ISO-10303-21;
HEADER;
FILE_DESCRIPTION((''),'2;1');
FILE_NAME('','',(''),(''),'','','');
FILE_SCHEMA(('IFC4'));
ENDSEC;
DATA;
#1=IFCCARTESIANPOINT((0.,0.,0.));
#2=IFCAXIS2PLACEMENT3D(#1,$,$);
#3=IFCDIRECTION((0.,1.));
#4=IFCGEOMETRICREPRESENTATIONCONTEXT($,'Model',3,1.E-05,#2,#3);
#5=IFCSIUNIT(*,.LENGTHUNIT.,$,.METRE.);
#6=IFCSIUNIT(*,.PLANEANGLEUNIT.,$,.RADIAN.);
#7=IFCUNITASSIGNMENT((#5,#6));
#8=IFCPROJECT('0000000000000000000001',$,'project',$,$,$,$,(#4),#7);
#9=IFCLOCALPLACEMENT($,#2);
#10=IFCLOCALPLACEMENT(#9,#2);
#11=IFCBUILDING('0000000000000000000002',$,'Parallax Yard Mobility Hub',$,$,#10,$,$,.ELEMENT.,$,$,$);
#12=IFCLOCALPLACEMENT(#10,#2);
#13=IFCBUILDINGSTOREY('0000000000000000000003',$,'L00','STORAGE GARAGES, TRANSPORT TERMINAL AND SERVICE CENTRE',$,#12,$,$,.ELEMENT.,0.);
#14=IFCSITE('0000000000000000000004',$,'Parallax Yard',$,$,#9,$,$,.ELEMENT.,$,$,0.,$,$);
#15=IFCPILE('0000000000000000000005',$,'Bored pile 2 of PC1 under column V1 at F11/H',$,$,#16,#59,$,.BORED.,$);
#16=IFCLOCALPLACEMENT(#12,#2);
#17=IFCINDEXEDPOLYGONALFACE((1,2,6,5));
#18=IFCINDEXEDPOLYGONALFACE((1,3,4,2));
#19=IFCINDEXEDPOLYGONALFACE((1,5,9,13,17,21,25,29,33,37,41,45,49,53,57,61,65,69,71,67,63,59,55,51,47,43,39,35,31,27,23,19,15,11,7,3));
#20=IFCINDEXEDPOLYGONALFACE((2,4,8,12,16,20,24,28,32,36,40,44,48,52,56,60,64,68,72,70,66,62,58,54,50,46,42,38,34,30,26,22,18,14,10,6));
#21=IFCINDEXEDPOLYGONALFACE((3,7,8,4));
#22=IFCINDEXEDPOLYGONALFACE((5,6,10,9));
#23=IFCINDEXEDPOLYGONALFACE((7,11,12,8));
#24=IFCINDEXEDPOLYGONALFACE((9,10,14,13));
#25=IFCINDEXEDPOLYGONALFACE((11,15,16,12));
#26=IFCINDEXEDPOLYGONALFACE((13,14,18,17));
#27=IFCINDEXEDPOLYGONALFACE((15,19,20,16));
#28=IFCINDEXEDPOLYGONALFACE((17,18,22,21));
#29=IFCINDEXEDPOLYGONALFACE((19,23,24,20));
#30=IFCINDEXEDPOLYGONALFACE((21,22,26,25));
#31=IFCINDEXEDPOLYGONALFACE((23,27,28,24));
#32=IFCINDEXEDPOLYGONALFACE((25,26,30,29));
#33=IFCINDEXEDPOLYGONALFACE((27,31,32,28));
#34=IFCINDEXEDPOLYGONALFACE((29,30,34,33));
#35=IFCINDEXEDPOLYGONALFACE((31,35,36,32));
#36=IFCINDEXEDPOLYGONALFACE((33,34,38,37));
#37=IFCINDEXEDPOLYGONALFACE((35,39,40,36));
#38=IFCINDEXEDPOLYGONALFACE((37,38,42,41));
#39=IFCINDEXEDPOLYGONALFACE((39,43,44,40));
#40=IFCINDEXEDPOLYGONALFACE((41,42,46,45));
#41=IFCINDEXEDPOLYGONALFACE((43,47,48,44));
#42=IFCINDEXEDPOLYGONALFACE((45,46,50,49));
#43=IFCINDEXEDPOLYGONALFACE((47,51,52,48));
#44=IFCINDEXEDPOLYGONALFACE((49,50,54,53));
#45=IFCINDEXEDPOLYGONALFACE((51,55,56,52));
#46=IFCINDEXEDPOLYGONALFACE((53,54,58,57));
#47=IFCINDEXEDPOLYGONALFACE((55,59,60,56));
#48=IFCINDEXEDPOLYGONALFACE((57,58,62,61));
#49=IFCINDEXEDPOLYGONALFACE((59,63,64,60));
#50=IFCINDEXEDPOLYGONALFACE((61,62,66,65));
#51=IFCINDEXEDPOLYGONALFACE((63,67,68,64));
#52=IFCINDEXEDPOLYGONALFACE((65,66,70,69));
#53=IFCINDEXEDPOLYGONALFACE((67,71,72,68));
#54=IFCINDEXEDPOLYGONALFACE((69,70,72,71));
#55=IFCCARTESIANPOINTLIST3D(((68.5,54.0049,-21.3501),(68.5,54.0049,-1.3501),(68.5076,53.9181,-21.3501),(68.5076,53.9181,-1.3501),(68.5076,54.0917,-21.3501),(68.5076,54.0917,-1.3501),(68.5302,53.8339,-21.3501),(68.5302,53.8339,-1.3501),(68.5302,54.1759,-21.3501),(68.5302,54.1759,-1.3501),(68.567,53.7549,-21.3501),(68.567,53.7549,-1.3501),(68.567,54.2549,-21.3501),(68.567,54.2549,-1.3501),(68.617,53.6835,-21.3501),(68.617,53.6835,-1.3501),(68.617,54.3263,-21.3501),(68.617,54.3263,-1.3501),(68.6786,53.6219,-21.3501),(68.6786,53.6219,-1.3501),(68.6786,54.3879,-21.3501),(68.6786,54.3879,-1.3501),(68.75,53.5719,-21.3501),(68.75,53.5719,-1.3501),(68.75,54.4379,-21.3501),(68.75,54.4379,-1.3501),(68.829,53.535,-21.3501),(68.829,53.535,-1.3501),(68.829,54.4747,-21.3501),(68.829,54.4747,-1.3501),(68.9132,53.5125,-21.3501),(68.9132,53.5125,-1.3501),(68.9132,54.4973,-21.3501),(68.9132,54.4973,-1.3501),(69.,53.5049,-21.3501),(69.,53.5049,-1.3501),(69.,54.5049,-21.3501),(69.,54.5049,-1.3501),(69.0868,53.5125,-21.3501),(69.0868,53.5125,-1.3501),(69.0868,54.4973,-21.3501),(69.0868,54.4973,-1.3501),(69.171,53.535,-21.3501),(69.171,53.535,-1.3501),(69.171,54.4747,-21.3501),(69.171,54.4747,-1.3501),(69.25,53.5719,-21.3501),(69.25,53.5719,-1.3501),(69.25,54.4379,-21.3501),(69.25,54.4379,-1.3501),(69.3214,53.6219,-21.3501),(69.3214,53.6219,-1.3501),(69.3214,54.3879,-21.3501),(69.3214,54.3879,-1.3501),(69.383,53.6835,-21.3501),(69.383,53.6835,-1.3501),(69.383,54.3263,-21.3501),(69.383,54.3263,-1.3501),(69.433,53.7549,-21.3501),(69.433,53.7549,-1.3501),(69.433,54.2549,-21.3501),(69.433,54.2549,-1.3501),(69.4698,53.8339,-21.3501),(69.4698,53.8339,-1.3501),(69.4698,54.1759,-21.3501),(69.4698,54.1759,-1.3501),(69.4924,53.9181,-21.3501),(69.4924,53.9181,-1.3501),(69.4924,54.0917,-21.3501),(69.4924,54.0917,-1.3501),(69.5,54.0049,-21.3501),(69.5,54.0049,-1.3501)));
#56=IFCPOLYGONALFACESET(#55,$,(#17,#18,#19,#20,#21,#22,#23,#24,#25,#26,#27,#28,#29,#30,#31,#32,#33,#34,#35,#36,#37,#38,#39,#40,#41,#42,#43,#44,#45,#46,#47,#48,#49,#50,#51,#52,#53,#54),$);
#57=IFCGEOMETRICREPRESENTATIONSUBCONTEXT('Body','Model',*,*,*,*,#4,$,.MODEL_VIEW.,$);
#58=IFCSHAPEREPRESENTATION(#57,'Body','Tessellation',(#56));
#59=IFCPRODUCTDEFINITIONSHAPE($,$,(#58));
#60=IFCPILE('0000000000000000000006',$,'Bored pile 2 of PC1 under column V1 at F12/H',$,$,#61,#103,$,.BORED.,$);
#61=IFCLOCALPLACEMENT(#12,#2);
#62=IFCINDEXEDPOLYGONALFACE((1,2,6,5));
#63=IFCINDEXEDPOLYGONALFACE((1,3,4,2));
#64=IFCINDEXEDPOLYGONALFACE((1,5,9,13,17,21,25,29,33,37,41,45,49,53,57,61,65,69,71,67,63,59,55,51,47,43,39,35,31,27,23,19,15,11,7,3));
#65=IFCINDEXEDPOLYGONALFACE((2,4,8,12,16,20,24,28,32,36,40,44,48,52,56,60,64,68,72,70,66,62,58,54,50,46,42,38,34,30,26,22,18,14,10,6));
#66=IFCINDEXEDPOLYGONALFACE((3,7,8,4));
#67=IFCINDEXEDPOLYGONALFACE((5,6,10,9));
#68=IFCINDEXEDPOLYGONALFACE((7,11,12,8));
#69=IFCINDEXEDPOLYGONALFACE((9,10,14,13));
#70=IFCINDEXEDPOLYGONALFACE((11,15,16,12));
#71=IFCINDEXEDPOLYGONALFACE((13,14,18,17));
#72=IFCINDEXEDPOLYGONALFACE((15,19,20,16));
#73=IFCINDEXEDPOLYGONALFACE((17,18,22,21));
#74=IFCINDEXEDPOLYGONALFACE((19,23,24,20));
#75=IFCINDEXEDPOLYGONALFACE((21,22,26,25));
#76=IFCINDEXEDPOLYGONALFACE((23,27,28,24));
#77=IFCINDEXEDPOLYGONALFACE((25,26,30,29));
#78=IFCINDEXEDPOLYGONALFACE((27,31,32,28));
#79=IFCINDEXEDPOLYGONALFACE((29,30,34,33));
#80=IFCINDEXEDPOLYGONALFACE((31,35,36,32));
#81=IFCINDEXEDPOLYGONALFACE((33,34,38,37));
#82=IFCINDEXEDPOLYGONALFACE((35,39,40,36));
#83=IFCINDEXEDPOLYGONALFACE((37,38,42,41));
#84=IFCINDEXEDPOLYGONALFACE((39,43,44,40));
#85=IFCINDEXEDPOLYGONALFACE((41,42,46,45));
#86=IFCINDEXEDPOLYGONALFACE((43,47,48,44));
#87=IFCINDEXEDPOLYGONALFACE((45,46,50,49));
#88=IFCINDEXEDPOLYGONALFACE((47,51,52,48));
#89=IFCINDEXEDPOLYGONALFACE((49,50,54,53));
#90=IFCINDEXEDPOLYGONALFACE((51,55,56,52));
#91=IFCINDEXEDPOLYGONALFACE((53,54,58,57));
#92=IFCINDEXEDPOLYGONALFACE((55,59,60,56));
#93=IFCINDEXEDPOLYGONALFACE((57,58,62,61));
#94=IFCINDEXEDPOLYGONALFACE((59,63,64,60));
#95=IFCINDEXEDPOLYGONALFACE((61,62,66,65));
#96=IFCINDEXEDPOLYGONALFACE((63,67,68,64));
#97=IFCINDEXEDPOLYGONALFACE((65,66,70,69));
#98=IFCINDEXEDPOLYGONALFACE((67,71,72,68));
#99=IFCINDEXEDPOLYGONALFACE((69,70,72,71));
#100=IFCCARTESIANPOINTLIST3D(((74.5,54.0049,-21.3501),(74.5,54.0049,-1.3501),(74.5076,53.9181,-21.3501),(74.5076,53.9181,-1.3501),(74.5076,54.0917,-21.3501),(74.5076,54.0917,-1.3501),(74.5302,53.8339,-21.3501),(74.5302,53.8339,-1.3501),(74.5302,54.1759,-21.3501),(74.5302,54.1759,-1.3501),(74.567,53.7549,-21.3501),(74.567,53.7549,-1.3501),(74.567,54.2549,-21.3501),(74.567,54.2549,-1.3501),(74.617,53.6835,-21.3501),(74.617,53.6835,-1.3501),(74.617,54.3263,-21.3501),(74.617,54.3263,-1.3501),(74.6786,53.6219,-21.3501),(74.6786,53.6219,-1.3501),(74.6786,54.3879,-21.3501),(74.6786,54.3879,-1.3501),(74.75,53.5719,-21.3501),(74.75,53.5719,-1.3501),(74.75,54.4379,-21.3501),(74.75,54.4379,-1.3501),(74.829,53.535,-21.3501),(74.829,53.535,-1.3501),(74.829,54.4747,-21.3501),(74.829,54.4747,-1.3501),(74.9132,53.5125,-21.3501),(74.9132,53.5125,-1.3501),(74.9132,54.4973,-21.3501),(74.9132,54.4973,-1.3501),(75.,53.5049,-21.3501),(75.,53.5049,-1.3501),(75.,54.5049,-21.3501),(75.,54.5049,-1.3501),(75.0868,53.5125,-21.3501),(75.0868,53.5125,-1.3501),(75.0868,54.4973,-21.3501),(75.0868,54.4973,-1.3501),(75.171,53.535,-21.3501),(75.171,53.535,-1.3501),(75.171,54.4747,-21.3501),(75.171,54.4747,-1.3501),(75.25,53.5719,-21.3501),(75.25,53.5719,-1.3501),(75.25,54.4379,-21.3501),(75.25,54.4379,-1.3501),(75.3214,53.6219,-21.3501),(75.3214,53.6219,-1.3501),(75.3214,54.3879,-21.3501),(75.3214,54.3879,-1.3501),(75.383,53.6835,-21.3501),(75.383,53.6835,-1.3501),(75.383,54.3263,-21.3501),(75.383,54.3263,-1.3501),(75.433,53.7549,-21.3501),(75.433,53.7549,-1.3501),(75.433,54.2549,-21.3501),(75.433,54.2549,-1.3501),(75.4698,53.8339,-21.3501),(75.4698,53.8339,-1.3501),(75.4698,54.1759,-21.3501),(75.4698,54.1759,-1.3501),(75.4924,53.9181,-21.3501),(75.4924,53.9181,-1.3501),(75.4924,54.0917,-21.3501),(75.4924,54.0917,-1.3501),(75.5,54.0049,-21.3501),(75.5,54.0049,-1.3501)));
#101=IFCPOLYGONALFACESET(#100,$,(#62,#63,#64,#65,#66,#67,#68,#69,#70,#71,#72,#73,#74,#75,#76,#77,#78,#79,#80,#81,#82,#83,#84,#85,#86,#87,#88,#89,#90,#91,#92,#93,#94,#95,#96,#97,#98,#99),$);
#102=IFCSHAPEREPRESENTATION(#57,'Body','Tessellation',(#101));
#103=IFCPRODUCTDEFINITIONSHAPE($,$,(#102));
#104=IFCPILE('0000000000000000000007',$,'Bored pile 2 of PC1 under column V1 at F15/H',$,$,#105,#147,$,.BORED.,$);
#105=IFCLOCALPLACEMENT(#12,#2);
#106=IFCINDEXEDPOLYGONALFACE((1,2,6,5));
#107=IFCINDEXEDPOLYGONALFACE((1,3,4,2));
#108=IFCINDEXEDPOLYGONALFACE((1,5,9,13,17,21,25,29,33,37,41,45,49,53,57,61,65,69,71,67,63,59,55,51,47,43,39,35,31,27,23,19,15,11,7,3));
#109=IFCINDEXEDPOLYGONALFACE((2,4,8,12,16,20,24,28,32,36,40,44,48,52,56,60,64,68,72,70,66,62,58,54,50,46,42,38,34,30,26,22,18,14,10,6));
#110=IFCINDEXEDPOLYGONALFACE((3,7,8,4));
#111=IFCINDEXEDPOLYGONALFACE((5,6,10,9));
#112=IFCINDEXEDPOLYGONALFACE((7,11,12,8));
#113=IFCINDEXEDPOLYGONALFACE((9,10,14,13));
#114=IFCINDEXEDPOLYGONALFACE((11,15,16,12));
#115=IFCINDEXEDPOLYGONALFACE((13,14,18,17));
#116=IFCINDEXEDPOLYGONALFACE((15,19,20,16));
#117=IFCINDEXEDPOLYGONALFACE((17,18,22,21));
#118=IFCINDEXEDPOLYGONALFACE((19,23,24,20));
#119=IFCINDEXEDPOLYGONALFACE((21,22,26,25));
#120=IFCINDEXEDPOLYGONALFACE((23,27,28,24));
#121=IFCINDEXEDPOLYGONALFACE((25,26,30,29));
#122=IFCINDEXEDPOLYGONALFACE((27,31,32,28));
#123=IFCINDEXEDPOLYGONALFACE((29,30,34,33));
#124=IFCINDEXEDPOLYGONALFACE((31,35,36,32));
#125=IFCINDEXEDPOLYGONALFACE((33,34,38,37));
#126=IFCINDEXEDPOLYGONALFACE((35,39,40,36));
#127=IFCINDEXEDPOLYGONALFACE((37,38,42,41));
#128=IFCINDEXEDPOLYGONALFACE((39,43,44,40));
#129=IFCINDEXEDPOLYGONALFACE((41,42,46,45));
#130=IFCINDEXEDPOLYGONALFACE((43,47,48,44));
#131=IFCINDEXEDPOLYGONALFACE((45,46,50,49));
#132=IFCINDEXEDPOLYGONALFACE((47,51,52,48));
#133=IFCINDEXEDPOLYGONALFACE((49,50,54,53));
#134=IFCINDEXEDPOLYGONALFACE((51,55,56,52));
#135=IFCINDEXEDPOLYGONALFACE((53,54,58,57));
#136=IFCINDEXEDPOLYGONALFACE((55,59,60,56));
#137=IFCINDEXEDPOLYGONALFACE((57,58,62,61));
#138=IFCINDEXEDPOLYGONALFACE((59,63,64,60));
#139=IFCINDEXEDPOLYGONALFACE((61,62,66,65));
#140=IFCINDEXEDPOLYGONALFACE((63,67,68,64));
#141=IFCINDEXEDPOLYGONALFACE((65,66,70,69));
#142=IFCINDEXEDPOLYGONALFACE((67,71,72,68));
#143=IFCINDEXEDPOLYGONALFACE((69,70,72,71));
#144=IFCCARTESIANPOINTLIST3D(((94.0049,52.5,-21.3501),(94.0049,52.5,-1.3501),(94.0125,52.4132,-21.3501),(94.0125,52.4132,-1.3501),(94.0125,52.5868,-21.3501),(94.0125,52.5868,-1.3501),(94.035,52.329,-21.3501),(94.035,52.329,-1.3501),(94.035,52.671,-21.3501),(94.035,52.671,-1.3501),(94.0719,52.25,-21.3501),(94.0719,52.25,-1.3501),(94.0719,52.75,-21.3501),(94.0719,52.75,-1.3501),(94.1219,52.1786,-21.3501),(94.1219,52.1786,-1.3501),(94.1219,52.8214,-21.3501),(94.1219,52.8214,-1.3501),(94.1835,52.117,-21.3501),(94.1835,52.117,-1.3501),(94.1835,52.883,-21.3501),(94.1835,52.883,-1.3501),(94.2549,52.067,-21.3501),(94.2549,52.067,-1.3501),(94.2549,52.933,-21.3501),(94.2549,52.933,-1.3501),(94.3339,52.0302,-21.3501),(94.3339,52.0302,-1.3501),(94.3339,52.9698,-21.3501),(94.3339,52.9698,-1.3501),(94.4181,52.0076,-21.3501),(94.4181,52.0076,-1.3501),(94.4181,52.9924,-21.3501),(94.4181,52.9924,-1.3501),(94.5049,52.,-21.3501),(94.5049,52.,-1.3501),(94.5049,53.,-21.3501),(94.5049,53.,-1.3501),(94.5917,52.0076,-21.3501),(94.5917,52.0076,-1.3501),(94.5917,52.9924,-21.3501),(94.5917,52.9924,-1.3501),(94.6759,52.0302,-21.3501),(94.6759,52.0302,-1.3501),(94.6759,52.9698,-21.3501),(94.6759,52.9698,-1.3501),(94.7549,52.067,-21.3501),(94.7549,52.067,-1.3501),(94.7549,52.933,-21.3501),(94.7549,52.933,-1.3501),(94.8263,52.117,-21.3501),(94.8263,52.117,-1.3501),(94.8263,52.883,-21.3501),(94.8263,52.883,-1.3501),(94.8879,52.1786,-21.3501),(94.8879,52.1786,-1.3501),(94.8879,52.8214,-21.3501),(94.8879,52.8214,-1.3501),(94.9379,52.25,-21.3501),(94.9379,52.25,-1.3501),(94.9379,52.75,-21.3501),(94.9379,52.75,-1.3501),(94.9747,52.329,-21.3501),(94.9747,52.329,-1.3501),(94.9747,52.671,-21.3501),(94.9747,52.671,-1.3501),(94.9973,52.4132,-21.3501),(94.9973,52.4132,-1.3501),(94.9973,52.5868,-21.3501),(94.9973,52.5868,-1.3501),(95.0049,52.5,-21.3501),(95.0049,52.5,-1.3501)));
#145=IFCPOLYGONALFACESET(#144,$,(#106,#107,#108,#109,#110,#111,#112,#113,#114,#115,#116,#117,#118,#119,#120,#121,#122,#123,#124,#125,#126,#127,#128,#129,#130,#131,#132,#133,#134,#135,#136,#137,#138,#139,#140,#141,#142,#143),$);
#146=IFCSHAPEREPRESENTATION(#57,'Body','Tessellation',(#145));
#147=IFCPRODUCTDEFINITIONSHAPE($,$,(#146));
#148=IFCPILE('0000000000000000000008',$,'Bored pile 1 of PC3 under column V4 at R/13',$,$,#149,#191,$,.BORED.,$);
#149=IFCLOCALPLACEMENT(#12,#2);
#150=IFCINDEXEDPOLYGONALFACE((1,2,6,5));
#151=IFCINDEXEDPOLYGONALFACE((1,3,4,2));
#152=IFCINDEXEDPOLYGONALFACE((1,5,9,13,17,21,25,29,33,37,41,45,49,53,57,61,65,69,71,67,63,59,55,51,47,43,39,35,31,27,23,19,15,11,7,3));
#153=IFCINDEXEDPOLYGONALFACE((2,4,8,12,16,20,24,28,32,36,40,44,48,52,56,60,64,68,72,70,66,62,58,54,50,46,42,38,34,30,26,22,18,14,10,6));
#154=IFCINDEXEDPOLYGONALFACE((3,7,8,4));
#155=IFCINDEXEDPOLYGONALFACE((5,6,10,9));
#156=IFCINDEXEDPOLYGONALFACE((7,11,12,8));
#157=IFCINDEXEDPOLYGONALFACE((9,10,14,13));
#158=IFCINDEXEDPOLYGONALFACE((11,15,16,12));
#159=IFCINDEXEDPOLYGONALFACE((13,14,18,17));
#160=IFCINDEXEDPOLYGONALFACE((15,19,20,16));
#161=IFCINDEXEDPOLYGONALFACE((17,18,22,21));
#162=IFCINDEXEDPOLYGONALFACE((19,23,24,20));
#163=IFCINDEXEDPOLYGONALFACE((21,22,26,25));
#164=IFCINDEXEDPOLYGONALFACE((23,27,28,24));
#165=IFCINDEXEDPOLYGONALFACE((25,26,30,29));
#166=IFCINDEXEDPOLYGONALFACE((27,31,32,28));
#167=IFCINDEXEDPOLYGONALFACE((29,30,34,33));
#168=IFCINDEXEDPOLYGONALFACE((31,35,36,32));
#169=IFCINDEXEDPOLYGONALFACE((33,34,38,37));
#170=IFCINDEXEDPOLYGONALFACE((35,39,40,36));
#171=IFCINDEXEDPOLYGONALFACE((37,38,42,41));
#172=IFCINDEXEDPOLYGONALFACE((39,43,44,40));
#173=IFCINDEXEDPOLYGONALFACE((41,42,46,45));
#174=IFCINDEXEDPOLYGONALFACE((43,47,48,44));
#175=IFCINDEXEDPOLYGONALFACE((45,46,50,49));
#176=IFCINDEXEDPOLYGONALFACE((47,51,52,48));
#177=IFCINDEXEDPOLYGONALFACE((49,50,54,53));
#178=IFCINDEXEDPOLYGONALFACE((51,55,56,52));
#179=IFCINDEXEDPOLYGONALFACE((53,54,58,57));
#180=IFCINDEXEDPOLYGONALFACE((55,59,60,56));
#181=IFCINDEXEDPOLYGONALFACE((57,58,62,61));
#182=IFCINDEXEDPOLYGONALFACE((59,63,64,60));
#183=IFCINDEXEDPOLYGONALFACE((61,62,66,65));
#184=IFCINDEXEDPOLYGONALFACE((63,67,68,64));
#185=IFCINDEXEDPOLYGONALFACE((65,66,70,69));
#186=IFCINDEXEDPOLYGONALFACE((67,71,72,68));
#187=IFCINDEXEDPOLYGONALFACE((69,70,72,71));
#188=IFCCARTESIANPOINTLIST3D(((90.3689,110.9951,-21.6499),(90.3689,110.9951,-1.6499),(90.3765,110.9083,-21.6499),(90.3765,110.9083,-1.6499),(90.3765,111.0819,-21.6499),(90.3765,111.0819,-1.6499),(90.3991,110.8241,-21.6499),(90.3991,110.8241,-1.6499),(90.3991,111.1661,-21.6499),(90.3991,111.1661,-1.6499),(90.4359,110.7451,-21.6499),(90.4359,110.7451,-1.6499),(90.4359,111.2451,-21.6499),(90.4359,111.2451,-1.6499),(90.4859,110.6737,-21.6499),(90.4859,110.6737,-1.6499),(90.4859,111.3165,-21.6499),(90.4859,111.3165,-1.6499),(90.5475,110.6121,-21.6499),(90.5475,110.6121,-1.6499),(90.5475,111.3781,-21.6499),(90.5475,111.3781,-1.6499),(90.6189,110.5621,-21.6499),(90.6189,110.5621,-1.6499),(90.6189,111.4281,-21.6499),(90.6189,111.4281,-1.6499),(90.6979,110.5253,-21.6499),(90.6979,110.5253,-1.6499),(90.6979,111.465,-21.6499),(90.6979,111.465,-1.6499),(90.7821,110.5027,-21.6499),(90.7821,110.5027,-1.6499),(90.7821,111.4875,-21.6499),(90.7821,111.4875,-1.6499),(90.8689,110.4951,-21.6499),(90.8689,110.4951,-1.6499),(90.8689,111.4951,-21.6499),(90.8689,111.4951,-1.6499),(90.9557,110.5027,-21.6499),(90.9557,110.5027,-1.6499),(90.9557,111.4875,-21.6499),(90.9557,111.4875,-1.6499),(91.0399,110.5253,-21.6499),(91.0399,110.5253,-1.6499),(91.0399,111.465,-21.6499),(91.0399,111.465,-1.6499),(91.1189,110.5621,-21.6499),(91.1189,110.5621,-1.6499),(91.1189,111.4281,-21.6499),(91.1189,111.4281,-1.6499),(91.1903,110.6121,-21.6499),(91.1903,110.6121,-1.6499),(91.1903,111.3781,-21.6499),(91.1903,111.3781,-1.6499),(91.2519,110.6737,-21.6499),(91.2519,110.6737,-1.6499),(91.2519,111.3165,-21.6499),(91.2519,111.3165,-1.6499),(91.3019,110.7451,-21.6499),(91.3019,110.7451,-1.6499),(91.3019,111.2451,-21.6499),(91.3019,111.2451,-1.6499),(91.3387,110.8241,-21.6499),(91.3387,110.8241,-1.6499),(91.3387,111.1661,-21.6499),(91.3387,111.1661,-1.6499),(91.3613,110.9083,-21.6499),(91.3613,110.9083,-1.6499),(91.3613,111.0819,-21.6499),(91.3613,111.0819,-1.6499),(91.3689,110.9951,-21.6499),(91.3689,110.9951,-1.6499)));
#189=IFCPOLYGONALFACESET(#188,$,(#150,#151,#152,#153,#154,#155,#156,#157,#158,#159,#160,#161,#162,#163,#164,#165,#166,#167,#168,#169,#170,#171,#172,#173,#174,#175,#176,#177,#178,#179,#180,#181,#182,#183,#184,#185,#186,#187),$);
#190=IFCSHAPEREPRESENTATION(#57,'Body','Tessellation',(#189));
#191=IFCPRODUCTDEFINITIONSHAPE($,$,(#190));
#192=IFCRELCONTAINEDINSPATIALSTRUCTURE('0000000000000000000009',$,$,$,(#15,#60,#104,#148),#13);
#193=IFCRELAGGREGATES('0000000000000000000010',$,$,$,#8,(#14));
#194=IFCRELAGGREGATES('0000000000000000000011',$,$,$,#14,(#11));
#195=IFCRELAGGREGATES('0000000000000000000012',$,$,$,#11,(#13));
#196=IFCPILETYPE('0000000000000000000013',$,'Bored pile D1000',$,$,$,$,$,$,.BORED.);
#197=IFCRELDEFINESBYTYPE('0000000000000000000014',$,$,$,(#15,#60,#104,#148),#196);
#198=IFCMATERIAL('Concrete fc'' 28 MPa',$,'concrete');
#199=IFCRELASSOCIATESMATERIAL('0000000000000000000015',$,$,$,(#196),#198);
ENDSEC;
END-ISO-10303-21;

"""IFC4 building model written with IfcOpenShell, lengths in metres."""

from ifc_helpers import new_model, si_unit, direction, frame, origin, origin_2d, place, context, subcontext, project, spatial, circle, extrude, material, material_profile, profile_set, type_object, element, save


model = new_model("IFC4")

# Units and contexts
model_context = context("Model", 3, precision=1e-05, world=origin(), true_north=direction((0.0, 1.0)))
body_context = subcontext(model_context, "Body", "Model", "MODEL_VIEW")
ifc_project = project(units=[si_unit("LENGTHUNIT", "METRE"), si_unit("PLANEANGLEUNIT", "RADIAN")], contexts=[model_context])

# Site, building, storey
site_placement = place(None, origin())
site = spatial("IfcSite", under=ifc_project, at=site_placement, Name="Parallax Yard", CompositionType="ELEMENT", RefElevation=0.0)
building_placement = place(site_placement, origin())
building = spatial("IfcBuilding", under=site, at=building_placement, Name="Parallax Yard Mobility Hub", CompositionType="ELEMENT")
storey_placement = place(building_placement, origin())
storey = spatial("IfcBuildingStorey", under=building, at=storey_placement, Name="L00", Description="STORAGE GARAGES, TRANSPORT TERMINAL AND SERVICE CENTRE", CompositionType="ELEMENT", Elevation=0.0)

# Piles
ifc_material_1 = material(Name="Concrete fc' 28 MPa", Category="concrete")
ifc_material_profile_1 = material_profile(ifc_material_1, circle(Radius=0.5, at=origin_2d()), Name="Bored pile D1000")
ifc_profile_set_1 = profile_set([ifc_material_profile_1], Name="Concrete fc' 28 MPa")
pile_type = type_object("IfcPileType", Name="Bored pile D1000", PredefinedType="BORED", material=ifc_profile_set_1)
for number, where, z_axis, x_axis, name in (
    (1, (69.0, 54.0049, -1.3501), (0.0, 0.0, -1.0), (1.0, 0.0, 0.0), "Bored pile 2 of PC1 under column V1 at F11/H"),
    (2, (75.0, 54.0049, -1.3501), (0.0, 0.0, -1.0), (1.0, 0.0, 0.0), "Bored pile 2 of PC1 under column V1 at F12/H"),
    (3, (94.5049, 52.5, -1.3501), (0.0, 0.0, -1.0), (1.0, 0.0, 0.0), "Bored pile 2 of PC1 under column V1 at F15/H"),
    (4, (90.8689, 110.9951, -1.6499), (0.0, 0.0, -1.0), (1.0, 0.0, 0.0), "Bored pile 1 of PC3 under column V4 at R/13"),
):
    element("IfcPile", number, at=place(storey_placement, frame(where, z_axis=z_axis, x_axis=x_axis)), inside=storey, type_object=pile_type, Name=name, PredefinedType="BORED", context=body_context, shape_type="SweptSolid", body=[
        extrude(circle(Radius=0.5, at=origin_2d()), origin(), (0.0, 0.0, 1.0), 20.0),
    ])

save(model, "model.ifc")
